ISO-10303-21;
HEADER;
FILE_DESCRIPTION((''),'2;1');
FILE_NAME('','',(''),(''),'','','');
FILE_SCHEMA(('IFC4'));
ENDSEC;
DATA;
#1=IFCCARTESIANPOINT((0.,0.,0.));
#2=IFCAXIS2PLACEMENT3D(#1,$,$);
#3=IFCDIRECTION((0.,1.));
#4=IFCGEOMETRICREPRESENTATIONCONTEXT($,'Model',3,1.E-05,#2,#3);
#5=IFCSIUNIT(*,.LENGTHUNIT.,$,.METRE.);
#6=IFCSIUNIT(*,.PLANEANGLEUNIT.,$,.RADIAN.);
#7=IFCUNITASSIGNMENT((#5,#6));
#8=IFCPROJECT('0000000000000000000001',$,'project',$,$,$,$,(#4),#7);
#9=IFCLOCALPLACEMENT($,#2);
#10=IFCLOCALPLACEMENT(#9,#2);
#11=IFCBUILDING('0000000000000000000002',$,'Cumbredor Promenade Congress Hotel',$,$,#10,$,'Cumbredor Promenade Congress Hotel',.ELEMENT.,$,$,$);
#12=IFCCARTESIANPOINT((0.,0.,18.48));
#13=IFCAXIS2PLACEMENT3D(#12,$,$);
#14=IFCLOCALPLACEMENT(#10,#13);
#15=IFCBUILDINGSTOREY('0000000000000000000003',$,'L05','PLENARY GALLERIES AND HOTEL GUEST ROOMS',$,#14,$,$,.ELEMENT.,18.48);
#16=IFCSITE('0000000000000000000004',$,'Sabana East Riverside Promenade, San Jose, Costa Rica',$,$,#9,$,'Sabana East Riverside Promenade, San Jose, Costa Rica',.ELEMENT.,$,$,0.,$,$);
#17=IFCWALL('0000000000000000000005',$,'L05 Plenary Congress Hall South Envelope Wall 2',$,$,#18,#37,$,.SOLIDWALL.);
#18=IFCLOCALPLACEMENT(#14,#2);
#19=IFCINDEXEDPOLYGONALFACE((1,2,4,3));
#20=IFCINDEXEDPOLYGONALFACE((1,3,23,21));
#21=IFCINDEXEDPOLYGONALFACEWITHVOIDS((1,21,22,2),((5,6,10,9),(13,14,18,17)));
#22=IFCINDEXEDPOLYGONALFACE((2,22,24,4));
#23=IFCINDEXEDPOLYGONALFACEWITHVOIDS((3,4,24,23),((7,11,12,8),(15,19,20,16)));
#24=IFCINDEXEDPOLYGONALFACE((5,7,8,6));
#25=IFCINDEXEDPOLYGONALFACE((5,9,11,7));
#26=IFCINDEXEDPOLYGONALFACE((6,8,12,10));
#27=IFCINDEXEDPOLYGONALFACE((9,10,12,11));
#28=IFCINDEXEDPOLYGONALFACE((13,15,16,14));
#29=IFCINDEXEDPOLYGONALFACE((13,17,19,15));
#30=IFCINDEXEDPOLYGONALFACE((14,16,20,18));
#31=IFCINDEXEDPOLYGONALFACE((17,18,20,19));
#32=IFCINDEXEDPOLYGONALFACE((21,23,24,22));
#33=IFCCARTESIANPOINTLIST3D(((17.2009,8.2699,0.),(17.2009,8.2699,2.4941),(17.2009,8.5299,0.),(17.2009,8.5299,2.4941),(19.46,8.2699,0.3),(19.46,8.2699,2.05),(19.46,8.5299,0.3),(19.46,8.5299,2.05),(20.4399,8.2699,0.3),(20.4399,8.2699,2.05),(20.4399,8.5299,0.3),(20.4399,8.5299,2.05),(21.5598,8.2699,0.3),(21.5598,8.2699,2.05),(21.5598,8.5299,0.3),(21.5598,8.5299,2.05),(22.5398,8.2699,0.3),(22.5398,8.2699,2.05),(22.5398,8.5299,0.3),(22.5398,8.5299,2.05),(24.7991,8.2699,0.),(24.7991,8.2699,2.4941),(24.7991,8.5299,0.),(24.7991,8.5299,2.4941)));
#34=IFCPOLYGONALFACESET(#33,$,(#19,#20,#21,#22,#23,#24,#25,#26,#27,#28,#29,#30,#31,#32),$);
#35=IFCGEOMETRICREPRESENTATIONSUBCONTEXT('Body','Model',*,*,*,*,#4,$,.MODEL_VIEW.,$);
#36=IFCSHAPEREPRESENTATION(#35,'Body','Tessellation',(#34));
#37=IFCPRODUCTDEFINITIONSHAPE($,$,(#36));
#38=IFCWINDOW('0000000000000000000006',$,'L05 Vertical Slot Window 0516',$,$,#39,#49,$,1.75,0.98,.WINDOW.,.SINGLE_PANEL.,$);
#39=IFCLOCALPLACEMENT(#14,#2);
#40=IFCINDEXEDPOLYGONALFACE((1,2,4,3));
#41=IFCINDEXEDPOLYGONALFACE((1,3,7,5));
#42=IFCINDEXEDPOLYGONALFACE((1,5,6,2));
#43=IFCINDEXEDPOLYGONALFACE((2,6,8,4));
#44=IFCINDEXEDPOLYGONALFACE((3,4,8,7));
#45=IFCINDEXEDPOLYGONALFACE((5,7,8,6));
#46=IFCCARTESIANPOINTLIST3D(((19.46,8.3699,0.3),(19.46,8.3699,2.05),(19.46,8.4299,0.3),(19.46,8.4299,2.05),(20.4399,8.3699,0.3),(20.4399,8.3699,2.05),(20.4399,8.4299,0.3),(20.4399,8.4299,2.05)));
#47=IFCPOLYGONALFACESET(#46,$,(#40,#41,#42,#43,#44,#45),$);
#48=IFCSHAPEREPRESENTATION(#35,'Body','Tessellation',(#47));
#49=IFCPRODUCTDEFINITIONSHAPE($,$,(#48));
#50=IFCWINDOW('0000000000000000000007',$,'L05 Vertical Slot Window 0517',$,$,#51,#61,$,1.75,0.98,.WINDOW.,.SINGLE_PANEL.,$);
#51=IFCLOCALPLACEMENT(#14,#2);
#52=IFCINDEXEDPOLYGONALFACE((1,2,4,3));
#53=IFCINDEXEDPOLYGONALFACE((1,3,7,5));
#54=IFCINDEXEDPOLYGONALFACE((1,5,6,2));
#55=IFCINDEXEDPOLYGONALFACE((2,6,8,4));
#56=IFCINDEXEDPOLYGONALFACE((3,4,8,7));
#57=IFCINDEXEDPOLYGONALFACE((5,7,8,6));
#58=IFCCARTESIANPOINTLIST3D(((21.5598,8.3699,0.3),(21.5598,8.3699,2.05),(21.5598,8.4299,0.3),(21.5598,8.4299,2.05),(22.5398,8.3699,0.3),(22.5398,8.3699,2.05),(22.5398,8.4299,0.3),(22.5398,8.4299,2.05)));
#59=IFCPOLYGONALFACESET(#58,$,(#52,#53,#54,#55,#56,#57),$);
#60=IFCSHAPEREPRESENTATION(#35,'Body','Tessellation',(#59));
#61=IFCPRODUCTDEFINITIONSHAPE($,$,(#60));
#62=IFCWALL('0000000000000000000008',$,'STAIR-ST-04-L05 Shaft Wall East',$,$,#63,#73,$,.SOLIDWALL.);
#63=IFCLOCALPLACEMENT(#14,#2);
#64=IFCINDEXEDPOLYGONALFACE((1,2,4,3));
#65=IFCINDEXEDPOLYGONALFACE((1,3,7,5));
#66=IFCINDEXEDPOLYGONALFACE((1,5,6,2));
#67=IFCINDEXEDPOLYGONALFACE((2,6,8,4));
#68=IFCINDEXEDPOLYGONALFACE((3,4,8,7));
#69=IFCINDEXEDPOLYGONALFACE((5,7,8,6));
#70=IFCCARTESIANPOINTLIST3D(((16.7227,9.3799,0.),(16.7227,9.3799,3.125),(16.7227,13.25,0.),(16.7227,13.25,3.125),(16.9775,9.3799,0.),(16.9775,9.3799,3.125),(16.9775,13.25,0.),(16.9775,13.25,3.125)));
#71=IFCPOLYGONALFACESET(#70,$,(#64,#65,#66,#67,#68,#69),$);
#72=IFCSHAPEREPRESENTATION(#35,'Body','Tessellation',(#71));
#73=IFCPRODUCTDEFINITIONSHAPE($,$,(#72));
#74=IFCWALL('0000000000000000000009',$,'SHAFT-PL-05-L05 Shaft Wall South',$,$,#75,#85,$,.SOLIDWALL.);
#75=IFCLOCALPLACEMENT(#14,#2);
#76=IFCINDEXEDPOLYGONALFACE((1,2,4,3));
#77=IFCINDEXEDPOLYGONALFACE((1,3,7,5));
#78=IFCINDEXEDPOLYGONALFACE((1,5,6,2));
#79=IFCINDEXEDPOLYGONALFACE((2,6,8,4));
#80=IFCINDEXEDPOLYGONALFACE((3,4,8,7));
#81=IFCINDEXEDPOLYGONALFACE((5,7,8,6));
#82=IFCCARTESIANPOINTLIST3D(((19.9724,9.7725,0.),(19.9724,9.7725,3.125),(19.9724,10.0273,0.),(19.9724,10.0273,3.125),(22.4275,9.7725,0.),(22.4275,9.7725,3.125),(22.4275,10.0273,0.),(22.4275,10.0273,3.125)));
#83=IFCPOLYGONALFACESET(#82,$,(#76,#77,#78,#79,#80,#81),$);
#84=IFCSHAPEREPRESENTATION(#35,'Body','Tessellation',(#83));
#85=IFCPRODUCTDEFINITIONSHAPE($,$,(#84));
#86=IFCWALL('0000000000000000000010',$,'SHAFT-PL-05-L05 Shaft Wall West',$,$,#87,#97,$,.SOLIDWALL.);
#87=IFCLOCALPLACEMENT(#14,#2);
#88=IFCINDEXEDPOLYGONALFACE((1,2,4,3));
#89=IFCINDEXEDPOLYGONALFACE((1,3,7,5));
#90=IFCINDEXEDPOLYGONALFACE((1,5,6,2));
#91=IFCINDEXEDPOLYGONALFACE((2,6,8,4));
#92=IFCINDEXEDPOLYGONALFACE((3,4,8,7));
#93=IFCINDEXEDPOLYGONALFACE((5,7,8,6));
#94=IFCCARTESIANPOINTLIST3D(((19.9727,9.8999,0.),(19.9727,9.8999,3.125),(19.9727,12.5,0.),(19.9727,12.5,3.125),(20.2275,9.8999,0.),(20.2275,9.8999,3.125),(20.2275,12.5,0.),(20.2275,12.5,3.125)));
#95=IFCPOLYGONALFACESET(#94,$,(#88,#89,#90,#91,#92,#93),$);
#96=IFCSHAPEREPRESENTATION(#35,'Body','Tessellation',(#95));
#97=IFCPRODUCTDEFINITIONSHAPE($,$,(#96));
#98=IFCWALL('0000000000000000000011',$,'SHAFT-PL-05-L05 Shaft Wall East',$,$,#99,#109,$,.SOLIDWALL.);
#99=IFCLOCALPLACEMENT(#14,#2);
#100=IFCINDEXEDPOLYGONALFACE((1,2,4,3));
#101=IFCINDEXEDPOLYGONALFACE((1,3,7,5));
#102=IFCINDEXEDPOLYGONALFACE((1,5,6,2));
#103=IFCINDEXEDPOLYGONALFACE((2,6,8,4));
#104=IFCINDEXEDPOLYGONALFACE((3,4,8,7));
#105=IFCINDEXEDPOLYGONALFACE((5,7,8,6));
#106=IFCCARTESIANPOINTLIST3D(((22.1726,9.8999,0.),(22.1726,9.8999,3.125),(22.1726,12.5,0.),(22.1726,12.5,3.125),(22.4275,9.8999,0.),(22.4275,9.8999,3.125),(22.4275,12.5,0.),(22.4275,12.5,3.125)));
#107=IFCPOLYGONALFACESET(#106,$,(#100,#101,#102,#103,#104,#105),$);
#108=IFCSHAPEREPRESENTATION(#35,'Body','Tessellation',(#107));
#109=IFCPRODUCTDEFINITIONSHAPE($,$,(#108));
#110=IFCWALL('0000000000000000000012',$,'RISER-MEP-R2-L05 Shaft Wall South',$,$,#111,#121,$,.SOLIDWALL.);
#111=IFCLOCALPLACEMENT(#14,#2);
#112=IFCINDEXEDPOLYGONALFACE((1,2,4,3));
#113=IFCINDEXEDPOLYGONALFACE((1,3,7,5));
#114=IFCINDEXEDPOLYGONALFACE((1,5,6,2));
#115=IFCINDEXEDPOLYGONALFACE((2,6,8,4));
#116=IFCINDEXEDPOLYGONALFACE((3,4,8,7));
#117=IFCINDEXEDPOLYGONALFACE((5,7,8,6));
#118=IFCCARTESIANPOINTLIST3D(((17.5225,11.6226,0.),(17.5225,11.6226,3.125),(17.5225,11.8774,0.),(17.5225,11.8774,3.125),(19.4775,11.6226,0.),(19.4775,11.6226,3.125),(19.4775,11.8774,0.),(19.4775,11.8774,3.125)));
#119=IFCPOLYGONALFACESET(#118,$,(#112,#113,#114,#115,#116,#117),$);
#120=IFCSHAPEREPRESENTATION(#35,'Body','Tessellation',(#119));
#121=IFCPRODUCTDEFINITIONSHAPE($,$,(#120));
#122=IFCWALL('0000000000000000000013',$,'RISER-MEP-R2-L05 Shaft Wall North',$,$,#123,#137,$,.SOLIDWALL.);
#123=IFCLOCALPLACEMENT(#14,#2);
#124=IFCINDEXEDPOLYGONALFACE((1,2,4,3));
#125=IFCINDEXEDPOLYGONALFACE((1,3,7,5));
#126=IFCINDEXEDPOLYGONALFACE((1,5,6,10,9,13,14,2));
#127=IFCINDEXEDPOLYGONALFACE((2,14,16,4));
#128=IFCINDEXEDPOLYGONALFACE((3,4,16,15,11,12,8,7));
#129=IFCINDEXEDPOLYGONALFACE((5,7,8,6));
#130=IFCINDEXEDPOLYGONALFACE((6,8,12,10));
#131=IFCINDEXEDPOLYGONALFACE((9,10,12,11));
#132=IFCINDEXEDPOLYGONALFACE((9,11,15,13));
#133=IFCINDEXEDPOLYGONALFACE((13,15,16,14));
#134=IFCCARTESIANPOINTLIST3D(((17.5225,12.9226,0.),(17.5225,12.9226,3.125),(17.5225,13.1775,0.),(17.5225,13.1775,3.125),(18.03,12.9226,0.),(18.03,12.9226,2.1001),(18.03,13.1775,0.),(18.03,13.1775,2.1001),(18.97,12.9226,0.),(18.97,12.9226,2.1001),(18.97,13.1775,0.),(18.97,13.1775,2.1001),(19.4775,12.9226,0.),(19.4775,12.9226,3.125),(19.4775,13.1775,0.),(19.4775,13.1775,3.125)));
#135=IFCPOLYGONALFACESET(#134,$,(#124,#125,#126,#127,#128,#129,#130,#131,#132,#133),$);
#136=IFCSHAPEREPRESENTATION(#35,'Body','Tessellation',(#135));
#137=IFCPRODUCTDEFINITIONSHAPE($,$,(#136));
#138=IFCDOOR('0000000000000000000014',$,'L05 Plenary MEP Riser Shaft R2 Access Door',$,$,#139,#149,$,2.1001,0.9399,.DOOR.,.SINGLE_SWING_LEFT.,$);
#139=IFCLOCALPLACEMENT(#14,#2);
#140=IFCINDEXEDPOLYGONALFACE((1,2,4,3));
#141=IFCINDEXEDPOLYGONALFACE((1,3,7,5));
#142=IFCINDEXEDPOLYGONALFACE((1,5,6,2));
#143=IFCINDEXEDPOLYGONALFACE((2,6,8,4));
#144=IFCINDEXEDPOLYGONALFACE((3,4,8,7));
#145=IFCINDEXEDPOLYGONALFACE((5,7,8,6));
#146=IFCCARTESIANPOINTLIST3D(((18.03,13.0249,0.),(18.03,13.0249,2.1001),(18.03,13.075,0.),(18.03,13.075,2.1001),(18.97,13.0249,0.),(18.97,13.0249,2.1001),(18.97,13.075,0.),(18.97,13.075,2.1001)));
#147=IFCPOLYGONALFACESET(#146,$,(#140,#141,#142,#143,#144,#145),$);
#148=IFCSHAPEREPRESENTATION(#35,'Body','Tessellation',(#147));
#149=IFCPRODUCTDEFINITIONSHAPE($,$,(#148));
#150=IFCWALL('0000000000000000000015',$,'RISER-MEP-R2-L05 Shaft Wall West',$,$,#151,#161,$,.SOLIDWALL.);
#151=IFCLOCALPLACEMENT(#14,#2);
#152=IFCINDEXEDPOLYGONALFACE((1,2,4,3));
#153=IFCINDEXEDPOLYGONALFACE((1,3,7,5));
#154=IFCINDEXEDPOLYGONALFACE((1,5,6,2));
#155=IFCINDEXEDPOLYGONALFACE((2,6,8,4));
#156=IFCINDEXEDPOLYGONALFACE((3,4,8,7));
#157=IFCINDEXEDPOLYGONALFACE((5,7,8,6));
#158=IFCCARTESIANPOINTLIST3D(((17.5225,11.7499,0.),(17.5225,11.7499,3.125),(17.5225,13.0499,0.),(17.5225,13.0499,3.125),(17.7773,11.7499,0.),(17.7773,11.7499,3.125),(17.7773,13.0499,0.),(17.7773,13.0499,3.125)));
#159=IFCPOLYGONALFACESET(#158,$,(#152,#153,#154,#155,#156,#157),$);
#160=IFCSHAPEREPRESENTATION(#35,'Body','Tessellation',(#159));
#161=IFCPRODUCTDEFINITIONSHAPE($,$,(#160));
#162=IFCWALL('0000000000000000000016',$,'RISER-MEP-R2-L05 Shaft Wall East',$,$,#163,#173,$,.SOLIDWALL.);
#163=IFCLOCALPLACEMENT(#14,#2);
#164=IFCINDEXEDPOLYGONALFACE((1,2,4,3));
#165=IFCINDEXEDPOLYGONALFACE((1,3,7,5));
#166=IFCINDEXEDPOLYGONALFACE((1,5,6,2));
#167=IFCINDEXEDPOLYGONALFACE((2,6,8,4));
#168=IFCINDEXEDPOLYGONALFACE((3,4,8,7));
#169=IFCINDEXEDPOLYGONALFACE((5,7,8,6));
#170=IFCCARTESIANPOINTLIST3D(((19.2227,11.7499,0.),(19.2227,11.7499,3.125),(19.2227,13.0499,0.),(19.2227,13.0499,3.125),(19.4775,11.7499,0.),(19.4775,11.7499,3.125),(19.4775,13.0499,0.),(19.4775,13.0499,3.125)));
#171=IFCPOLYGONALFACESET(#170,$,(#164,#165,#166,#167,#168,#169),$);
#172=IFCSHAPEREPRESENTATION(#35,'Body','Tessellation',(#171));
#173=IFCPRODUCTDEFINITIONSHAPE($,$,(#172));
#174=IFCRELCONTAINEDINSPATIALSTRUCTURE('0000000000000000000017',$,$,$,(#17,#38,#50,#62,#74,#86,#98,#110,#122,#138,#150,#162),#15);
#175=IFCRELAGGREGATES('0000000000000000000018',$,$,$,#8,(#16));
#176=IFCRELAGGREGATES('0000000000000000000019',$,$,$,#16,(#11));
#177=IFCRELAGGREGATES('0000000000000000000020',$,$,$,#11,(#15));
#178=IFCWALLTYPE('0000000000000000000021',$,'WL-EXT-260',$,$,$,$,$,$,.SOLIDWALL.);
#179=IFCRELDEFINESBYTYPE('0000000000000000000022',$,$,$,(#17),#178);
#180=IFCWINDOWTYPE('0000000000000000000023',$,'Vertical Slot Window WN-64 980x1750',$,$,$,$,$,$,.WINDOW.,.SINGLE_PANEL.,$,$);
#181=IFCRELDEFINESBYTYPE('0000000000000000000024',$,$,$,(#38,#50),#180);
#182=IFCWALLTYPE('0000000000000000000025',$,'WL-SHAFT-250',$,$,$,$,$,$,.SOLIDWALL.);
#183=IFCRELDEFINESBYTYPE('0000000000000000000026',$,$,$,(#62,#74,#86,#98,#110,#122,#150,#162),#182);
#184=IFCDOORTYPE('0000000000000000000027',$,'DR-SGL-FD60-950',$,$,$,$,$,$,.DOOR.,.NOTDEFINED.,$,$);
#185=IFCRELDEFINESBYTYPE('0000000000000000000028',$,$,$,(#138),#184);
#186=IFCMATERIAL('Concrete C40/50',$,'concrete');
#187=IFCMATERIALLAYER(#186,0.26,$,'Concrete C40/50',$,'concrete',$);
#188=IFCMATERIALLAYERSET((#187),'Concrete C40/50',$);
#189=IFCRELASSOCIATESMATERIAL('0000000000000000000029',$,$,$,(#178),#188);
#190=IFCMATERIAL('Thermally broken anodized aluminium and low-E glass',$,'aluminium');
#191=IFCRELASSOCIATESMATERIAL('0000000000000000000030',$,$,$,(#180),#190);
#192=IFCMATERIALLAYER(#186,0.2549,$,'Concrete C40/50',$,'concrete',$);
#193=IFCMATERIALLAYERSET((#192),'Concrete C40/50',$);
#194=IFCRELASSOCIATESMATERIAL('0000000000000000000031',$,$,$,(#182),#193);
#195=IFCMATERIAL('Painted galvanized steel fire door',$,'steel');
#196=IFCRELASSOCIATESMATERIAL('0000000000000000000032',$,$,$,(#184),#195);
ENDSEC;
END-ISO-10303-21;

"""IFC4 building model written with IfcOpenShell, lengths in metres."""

from ifc_helpers import new_model, si_unit, direction, frame, frame_2d, origin, place, context, subcontext, project, spatial, rectangle, extrude, material, layer, layer_set, type_object, element, fill, save


model = new_model("IFC4")

# Units and contexts
model_context = context("Model", 3, precision=1e-05, world=origin(), true_north=direction((0.0, 1.0)))
body_context = subcontext(model_context, "Body", "Model", "MODEL_VIEW")
ifc_project = project(units=[si_unit("LENGTHUNIT", "METRE"), si_unit("PLANEANGLEUNIT", "RADIAN")], contexts=[model_context])

# Site, building, storey
site_placement = place(None, origin())
site = spatial("IfcSite", under=ifc_project, at=site_placement, Name="Sabana East Riverside Promenade, San Jose, Costa Rica", LongName="Sabana East Riverside Promenade, San Jose, Costa Rica", CompositionType="ELEMENT", RefElevation=0.0)
building_placement = place(site_placement, origin())
building = spatial("IfcBuilding", under=site, at=building_placement, Name="Cumbredor Promenade Congress Hotel", LongName="Cumbredor Promenade Congress Hotel", CompositionType="ELEMENT")
storey_placement = place(building_placement, frame((0.0, 0.0, 18.48)))
storey = spatial("IfcBuildingStorey", under=building, at=storey_placement, Name="L05", Description="PLENARY GALLERIES AND HOTEL GUEST ROOMS", CompositionType="ELEMENT", Elevation=18.48)

# Shared definitions
ifc_material_1 = material(Name="Concrete C40/50", Category="concrete")

# Shared definitions
ifc_material_2 = material(Name="Thermally broken anodized aluminium and low-E glass", Category="aluminium")

# Wall, openings, windows
ifc_layer_1 = layer(ifc_material_1, 0.26, Name="Concrete C40/50", Category="concrete")
ifc_layer_set_1 = layer_set([ifc_layer_1], Name="Concrete C40/50")
wall_type_1 = type_object("IfcWallType", Name="WL-EXT-260", PredefinedType="SOLIDWALL", material=ifc_layer_set_1)
wall_1_placement = place(storey_placement, frame((17.2009, 8.3999, 0.0), z_axis=(0.0, 0.0, 1.0), x_axis=(1.0, 0.0, 0.0)))
wall_1 = element("IfcWall", 1, at=wall_1_placement, inside=storey, type_object=wall_type_1, Name="L05 Plenary Congress Hall South Envelope Wall 2", PredefinedType="SOLIDWALL", context=body_context, shape_type="SweptSolid", body=[
    extrude(rectangle(XDim=7.5981, YDim=0.26, at=frame_2d((3.7991, 0.0))), origin(), (0.0, 0.0, 1.0), 2.4941),
])
opening_1_placement = place(wall_1_placement, frame((2.259, 0.0, 0.3)))
opening_1 = element("IfcOpeningElement", 2, at=opening_1_placement, cuts=wall_1, PredefinedType="OPENING", context=body_context, shape_type="SweptSolid", body=[
    extrude(rectangle(XDim=0.98, YDim=1.75, at=frame_2d((0.49, 0.875))), frame((0.0, 0.1401, 0.0), z_axis=(0.0, -1.0, 0.0), x_axis=(1.0, 0.0, 0.0)), (0.0, 0.0, 1.0), 0.28),
])
opening_2_placement = place(wall_1_placement, frame((4.3589, 0.0, 0.3)))
opening_2 = element("IfcOpeningElement", 3, at=opening_2_placement, cuts=wall_1, PredefinedType="OPENING", context=body_context, shape_type="SweptSolid", body=[
    extrude(rectangle(XDim=0.98, YDim=1.75, at=frame_2d((0.49, 0.875))), frame((0.0, 0.1401, 0.0), z_axis=(0.0, -1.0, 0.0), x_axis=(1.0, 0.0, 0.0)), (0.0, 0.0, 1.0), 0.28),
])
window_type = type_object("IfcWindowType", Name="Vertical Slot Window WN-64 980x1750", PartitioningType="SINGLE_PANEL", PredefinedType="WINDOW", material=ifc_material_2)
window_1_placement = place(opening_1_placement, origin())
window_1 = element("IfcWindow", 4, at=window_1_placement, inside=storey, type_object=window_type, Name="L05 Vertical Slot Window 0516", OverallHeight=1.75, OverallWidth=0.98, PartitioningType="SINGLE_PANEL", PredefinedType="WINDOW", context=body_context, shape_type="SweptSolid", body=[
    extrude(rectangle(XDim=0.98, YDim=1.75, at=frame_2d((0.49, 0.875))), frame((0.0, 0.03, 0.0), z_axis=(0.0, -1.0, 0.0), x_axis=(1.0, 0.0, 0.0)), (0.0, 0.0, 1.0), 0.0601),
])
fill(opening_1, window_1)
window_2_placement = place(opening_2_placement, origin())
window_2 = element("IfcWindow", 5, at=window_2_placement, inside=storey, type_object=window_type, Name="L05 Vertical Slot Window 0517", OverallHeight=1.75, OverallWidth=0.98, PartitioningType="SINGLE_PANEL", PredefinedType="WINDOW", context=body_context, shape_type="SweptSolid", body=[
    extrude(rectangle(XDim=0.98, YDim=1.75, at=frame_2d((0.49, 0.875))), frame((0.0, 0.03, 0.0), z_axis=(0.0, -1.0, 0.0), x_axis=(1.0, 0.0, 0.0)), (0.0, 0.0, 1.0), 0.0601),
])
fill(opening_2, window_2)

# Walls
ifc_layer_2 = layer(ifc_material_1, 0.2549, Name="Concrete C40/50", Category="concrete")
ifc_layer_set_2 = layer_set([ifc_layer_2], Name="Concrete C40/50")
wall_type_2 = type_object("IfcWallType", Name="WL-SHAFT-250", PredefinedType="SOLIDWALL", material=ifc_layer_set_2)
wall_2_placement = place(storey_placement, frame((16.8501, 9.3799, 0.0), z_axis=(0.0, 0.0, 1.0), x_axis=(0.0, 1.0, 0.0)))
element("IfcWall", 6, at=wall_2_placement, inside=storey, type_object=wall_type_2, Name="STAIR-ST-04-L05 Shaft Wall East", PredefinedType="SOLIDWALL", context=body_context, shape_type="SweptSolid", body=[
    extrude(rectangle(XDim=3.8701, YDim=0.2549, at=frame_2d((1.9351, 0.0))), origin(), (0.0, 0.0, 1.0), 3.125),
])
wall_3_placement = place(storey_placement, frame((19.9724, 9.8999, 0.0), z_axis=(0.0, 0.0, 1.0), x_axis=(1.0, 0.0, 0.0)))
element("IfcWall", 7, at=wall_3_placement, inside=storey, type_object=wall_type_2, Name="SHAFT-PL-05-L05 Shaft Wall South", PredefinedType="SOLIDWALL", context=body_context, shape_type="SweptSolid", body=[
    extrude(rectangle(XDim=2.4551, YDim=0.2549, at=frame_2d((1.2275, 0.0))), origin(), (0.0, 0.0, 1.0), 3.125),
])

# Walls
for number, where, z_axis, x_axis, name in (
    (8, (20.1001, 9.8999, 0.0), (0.0, 0.0, 1.0), (0.0, 1.0, 0.0), "SHAFT-PL-05-L05 Shaft Wall West"),
    (9, (22.3, 9.8999, 0.0), (0.0, 0.0, 1.0), (0.0, 1.0, 0.0), "SHAFT-PL-05-L05 Shaft Wall East"),
):
    element("IfcWall", number, at=place(storey_placement, frame(where, z_axis=z_axis, x_axis=x_axis)), inside=storey, type_object=wall_type_2, Name=name, PredefinedType="SOLIDWALL", context=body_context, shape_type="SweptSolid", body=[
        extrude(rectangle(XDim=2.6001, YDim=0.2549, at=frame_2d((1.3, 0.0))), origin(), (0.0, 0.0, 1.0), 3.125),
    ])
wall_4_placement = place(storey_placement, frame((17.5225, 11.75, 0.0), z_axis=(0.0, 0.0, 1.0), x_axis=(1.0, 0.0, 0.0)))
element("IfcWall", 10, at=wall_4_placement, inside=storey, type_object=wall_type_2, Name="RISER-MEP-R2-L05 Shaft Wall South", PredefinedType="SOLIDWALL", context=body_context, shape_type="SweptSolid", body=[
    extrude(rectangle(XDim=1.9551, YDim=0.2549, at=frame_2d((0.9775, 0.0))), origin(), (0.0, 0.0, 1.0), 3.125),
])

# Wall, opening, door
wall_5_placement = place(storey_placement, frame((17.5225, 13.05, 0.0), z_axis=(0.0, 0.0, 1.0), x_axis=(1.0, 0.0, 0.0)))
wall_5 = element("IfcWall", 11, at=wall_5_placement, inside=storey, type_object=wall_type_2, Name="RISER-MEP-R2-L05 Shaft Wall North", PredefinedType="SOLIDWALL", context=body_context, shape_type="SweptSolid", body=[
    extrude(rectangle(XDim=1.9551, YDim=0.2549, at=frame_2d((0.9775, 0.0))), origin(), (0.0, 0.0, 1.0), 3.125),
])
opening_3_placement = place(wall_5_placement, frame((0.5076, 0.0, 0.0)))
opening_3 = element("IfcOpeningElement", 12, at=opening_3_placement, cuts=wall_5, PredefinedType="OPENING", context=body_context, shape_type="SweptSolid", body=[
    extrude(rectangle(XDim=0.9399, YDim=2.1001, at=frame_2d((0.47, 1.05))), frame((0.0, 0.1375, 0.0), z_axis=(0.0, -1.0, 0.0), x_axis=(1.0, 0.0, 0.0)), (0.0, 0.0, 1.0), 0.2749),
])
ifc_material_3 = material(Name="Painted galvanized steel fire door", Category="steel")
door_type_1 = type_object("IfcDoorType", Name="DR-SGL-FD60-950", OperationType="NOTDEFINED", PredefinedType="DOOR", material=ifc_material_3)
door_1_placement = place(opening_3_placement, origin())
door_1 = element("IfcDoor", 13, at=door_1_placement, inside=storey, type_object=door_type_1, Name="L05 Plenary MEP Riser Shaft R2 Access Door", OperationType="SINGLE_SWING_LEFT", OverallHeight=2.1001, OverallWidth=0.9399, PredefinedType="DOOR", context=body_context, shape_type="SweptSolid", body=[
    extrude(rectangle(XDim=0.9399, YDim=2.1001, at=frame_2d((0.47, 1.05))), frame((0.0, 0.0249, 0.0), z_axis=(0.0, -1.0, 0.0), x_axis=(1.0, 0.0, 0.0)), (0.0, 0.0, 1.0), 0.05),
])
fill(opening_3, door_1)

# Walls
for number, where, z_axis, x_axis, name in (
    (14, (17.6499, 11.75, 0.0), (0.0, 0.0, 1.0), (0.0, 1.0, 0.0), "RISER-MEP-R2-L05 Shaft Wall West"),
    (15, (19.3501, 11.75, 0.0), (0.0, 0.0, 1.0), (0.0, 1.0, 0.0), "RISER-MEP-R2-L05 Shaft Wall East"),
):
    element("IfcWall", number, at=place(storey_placement, frame(where, z_axis=z_axis, x_axis=x_axis)), inside=storey, type_object=wall_type_2, Name=name, PredefinedType="SOLIDWALL", context=body_context, shape_type="SweptSolid", body=[
        extrude(rectangle(XDim=1.3, YDim=0.2549, at=frame_2d((0.6499, 0.0))), origin(), (0.0, 0.0, 1.0), 3.125),
    ])

save(model, "model.ifc")
